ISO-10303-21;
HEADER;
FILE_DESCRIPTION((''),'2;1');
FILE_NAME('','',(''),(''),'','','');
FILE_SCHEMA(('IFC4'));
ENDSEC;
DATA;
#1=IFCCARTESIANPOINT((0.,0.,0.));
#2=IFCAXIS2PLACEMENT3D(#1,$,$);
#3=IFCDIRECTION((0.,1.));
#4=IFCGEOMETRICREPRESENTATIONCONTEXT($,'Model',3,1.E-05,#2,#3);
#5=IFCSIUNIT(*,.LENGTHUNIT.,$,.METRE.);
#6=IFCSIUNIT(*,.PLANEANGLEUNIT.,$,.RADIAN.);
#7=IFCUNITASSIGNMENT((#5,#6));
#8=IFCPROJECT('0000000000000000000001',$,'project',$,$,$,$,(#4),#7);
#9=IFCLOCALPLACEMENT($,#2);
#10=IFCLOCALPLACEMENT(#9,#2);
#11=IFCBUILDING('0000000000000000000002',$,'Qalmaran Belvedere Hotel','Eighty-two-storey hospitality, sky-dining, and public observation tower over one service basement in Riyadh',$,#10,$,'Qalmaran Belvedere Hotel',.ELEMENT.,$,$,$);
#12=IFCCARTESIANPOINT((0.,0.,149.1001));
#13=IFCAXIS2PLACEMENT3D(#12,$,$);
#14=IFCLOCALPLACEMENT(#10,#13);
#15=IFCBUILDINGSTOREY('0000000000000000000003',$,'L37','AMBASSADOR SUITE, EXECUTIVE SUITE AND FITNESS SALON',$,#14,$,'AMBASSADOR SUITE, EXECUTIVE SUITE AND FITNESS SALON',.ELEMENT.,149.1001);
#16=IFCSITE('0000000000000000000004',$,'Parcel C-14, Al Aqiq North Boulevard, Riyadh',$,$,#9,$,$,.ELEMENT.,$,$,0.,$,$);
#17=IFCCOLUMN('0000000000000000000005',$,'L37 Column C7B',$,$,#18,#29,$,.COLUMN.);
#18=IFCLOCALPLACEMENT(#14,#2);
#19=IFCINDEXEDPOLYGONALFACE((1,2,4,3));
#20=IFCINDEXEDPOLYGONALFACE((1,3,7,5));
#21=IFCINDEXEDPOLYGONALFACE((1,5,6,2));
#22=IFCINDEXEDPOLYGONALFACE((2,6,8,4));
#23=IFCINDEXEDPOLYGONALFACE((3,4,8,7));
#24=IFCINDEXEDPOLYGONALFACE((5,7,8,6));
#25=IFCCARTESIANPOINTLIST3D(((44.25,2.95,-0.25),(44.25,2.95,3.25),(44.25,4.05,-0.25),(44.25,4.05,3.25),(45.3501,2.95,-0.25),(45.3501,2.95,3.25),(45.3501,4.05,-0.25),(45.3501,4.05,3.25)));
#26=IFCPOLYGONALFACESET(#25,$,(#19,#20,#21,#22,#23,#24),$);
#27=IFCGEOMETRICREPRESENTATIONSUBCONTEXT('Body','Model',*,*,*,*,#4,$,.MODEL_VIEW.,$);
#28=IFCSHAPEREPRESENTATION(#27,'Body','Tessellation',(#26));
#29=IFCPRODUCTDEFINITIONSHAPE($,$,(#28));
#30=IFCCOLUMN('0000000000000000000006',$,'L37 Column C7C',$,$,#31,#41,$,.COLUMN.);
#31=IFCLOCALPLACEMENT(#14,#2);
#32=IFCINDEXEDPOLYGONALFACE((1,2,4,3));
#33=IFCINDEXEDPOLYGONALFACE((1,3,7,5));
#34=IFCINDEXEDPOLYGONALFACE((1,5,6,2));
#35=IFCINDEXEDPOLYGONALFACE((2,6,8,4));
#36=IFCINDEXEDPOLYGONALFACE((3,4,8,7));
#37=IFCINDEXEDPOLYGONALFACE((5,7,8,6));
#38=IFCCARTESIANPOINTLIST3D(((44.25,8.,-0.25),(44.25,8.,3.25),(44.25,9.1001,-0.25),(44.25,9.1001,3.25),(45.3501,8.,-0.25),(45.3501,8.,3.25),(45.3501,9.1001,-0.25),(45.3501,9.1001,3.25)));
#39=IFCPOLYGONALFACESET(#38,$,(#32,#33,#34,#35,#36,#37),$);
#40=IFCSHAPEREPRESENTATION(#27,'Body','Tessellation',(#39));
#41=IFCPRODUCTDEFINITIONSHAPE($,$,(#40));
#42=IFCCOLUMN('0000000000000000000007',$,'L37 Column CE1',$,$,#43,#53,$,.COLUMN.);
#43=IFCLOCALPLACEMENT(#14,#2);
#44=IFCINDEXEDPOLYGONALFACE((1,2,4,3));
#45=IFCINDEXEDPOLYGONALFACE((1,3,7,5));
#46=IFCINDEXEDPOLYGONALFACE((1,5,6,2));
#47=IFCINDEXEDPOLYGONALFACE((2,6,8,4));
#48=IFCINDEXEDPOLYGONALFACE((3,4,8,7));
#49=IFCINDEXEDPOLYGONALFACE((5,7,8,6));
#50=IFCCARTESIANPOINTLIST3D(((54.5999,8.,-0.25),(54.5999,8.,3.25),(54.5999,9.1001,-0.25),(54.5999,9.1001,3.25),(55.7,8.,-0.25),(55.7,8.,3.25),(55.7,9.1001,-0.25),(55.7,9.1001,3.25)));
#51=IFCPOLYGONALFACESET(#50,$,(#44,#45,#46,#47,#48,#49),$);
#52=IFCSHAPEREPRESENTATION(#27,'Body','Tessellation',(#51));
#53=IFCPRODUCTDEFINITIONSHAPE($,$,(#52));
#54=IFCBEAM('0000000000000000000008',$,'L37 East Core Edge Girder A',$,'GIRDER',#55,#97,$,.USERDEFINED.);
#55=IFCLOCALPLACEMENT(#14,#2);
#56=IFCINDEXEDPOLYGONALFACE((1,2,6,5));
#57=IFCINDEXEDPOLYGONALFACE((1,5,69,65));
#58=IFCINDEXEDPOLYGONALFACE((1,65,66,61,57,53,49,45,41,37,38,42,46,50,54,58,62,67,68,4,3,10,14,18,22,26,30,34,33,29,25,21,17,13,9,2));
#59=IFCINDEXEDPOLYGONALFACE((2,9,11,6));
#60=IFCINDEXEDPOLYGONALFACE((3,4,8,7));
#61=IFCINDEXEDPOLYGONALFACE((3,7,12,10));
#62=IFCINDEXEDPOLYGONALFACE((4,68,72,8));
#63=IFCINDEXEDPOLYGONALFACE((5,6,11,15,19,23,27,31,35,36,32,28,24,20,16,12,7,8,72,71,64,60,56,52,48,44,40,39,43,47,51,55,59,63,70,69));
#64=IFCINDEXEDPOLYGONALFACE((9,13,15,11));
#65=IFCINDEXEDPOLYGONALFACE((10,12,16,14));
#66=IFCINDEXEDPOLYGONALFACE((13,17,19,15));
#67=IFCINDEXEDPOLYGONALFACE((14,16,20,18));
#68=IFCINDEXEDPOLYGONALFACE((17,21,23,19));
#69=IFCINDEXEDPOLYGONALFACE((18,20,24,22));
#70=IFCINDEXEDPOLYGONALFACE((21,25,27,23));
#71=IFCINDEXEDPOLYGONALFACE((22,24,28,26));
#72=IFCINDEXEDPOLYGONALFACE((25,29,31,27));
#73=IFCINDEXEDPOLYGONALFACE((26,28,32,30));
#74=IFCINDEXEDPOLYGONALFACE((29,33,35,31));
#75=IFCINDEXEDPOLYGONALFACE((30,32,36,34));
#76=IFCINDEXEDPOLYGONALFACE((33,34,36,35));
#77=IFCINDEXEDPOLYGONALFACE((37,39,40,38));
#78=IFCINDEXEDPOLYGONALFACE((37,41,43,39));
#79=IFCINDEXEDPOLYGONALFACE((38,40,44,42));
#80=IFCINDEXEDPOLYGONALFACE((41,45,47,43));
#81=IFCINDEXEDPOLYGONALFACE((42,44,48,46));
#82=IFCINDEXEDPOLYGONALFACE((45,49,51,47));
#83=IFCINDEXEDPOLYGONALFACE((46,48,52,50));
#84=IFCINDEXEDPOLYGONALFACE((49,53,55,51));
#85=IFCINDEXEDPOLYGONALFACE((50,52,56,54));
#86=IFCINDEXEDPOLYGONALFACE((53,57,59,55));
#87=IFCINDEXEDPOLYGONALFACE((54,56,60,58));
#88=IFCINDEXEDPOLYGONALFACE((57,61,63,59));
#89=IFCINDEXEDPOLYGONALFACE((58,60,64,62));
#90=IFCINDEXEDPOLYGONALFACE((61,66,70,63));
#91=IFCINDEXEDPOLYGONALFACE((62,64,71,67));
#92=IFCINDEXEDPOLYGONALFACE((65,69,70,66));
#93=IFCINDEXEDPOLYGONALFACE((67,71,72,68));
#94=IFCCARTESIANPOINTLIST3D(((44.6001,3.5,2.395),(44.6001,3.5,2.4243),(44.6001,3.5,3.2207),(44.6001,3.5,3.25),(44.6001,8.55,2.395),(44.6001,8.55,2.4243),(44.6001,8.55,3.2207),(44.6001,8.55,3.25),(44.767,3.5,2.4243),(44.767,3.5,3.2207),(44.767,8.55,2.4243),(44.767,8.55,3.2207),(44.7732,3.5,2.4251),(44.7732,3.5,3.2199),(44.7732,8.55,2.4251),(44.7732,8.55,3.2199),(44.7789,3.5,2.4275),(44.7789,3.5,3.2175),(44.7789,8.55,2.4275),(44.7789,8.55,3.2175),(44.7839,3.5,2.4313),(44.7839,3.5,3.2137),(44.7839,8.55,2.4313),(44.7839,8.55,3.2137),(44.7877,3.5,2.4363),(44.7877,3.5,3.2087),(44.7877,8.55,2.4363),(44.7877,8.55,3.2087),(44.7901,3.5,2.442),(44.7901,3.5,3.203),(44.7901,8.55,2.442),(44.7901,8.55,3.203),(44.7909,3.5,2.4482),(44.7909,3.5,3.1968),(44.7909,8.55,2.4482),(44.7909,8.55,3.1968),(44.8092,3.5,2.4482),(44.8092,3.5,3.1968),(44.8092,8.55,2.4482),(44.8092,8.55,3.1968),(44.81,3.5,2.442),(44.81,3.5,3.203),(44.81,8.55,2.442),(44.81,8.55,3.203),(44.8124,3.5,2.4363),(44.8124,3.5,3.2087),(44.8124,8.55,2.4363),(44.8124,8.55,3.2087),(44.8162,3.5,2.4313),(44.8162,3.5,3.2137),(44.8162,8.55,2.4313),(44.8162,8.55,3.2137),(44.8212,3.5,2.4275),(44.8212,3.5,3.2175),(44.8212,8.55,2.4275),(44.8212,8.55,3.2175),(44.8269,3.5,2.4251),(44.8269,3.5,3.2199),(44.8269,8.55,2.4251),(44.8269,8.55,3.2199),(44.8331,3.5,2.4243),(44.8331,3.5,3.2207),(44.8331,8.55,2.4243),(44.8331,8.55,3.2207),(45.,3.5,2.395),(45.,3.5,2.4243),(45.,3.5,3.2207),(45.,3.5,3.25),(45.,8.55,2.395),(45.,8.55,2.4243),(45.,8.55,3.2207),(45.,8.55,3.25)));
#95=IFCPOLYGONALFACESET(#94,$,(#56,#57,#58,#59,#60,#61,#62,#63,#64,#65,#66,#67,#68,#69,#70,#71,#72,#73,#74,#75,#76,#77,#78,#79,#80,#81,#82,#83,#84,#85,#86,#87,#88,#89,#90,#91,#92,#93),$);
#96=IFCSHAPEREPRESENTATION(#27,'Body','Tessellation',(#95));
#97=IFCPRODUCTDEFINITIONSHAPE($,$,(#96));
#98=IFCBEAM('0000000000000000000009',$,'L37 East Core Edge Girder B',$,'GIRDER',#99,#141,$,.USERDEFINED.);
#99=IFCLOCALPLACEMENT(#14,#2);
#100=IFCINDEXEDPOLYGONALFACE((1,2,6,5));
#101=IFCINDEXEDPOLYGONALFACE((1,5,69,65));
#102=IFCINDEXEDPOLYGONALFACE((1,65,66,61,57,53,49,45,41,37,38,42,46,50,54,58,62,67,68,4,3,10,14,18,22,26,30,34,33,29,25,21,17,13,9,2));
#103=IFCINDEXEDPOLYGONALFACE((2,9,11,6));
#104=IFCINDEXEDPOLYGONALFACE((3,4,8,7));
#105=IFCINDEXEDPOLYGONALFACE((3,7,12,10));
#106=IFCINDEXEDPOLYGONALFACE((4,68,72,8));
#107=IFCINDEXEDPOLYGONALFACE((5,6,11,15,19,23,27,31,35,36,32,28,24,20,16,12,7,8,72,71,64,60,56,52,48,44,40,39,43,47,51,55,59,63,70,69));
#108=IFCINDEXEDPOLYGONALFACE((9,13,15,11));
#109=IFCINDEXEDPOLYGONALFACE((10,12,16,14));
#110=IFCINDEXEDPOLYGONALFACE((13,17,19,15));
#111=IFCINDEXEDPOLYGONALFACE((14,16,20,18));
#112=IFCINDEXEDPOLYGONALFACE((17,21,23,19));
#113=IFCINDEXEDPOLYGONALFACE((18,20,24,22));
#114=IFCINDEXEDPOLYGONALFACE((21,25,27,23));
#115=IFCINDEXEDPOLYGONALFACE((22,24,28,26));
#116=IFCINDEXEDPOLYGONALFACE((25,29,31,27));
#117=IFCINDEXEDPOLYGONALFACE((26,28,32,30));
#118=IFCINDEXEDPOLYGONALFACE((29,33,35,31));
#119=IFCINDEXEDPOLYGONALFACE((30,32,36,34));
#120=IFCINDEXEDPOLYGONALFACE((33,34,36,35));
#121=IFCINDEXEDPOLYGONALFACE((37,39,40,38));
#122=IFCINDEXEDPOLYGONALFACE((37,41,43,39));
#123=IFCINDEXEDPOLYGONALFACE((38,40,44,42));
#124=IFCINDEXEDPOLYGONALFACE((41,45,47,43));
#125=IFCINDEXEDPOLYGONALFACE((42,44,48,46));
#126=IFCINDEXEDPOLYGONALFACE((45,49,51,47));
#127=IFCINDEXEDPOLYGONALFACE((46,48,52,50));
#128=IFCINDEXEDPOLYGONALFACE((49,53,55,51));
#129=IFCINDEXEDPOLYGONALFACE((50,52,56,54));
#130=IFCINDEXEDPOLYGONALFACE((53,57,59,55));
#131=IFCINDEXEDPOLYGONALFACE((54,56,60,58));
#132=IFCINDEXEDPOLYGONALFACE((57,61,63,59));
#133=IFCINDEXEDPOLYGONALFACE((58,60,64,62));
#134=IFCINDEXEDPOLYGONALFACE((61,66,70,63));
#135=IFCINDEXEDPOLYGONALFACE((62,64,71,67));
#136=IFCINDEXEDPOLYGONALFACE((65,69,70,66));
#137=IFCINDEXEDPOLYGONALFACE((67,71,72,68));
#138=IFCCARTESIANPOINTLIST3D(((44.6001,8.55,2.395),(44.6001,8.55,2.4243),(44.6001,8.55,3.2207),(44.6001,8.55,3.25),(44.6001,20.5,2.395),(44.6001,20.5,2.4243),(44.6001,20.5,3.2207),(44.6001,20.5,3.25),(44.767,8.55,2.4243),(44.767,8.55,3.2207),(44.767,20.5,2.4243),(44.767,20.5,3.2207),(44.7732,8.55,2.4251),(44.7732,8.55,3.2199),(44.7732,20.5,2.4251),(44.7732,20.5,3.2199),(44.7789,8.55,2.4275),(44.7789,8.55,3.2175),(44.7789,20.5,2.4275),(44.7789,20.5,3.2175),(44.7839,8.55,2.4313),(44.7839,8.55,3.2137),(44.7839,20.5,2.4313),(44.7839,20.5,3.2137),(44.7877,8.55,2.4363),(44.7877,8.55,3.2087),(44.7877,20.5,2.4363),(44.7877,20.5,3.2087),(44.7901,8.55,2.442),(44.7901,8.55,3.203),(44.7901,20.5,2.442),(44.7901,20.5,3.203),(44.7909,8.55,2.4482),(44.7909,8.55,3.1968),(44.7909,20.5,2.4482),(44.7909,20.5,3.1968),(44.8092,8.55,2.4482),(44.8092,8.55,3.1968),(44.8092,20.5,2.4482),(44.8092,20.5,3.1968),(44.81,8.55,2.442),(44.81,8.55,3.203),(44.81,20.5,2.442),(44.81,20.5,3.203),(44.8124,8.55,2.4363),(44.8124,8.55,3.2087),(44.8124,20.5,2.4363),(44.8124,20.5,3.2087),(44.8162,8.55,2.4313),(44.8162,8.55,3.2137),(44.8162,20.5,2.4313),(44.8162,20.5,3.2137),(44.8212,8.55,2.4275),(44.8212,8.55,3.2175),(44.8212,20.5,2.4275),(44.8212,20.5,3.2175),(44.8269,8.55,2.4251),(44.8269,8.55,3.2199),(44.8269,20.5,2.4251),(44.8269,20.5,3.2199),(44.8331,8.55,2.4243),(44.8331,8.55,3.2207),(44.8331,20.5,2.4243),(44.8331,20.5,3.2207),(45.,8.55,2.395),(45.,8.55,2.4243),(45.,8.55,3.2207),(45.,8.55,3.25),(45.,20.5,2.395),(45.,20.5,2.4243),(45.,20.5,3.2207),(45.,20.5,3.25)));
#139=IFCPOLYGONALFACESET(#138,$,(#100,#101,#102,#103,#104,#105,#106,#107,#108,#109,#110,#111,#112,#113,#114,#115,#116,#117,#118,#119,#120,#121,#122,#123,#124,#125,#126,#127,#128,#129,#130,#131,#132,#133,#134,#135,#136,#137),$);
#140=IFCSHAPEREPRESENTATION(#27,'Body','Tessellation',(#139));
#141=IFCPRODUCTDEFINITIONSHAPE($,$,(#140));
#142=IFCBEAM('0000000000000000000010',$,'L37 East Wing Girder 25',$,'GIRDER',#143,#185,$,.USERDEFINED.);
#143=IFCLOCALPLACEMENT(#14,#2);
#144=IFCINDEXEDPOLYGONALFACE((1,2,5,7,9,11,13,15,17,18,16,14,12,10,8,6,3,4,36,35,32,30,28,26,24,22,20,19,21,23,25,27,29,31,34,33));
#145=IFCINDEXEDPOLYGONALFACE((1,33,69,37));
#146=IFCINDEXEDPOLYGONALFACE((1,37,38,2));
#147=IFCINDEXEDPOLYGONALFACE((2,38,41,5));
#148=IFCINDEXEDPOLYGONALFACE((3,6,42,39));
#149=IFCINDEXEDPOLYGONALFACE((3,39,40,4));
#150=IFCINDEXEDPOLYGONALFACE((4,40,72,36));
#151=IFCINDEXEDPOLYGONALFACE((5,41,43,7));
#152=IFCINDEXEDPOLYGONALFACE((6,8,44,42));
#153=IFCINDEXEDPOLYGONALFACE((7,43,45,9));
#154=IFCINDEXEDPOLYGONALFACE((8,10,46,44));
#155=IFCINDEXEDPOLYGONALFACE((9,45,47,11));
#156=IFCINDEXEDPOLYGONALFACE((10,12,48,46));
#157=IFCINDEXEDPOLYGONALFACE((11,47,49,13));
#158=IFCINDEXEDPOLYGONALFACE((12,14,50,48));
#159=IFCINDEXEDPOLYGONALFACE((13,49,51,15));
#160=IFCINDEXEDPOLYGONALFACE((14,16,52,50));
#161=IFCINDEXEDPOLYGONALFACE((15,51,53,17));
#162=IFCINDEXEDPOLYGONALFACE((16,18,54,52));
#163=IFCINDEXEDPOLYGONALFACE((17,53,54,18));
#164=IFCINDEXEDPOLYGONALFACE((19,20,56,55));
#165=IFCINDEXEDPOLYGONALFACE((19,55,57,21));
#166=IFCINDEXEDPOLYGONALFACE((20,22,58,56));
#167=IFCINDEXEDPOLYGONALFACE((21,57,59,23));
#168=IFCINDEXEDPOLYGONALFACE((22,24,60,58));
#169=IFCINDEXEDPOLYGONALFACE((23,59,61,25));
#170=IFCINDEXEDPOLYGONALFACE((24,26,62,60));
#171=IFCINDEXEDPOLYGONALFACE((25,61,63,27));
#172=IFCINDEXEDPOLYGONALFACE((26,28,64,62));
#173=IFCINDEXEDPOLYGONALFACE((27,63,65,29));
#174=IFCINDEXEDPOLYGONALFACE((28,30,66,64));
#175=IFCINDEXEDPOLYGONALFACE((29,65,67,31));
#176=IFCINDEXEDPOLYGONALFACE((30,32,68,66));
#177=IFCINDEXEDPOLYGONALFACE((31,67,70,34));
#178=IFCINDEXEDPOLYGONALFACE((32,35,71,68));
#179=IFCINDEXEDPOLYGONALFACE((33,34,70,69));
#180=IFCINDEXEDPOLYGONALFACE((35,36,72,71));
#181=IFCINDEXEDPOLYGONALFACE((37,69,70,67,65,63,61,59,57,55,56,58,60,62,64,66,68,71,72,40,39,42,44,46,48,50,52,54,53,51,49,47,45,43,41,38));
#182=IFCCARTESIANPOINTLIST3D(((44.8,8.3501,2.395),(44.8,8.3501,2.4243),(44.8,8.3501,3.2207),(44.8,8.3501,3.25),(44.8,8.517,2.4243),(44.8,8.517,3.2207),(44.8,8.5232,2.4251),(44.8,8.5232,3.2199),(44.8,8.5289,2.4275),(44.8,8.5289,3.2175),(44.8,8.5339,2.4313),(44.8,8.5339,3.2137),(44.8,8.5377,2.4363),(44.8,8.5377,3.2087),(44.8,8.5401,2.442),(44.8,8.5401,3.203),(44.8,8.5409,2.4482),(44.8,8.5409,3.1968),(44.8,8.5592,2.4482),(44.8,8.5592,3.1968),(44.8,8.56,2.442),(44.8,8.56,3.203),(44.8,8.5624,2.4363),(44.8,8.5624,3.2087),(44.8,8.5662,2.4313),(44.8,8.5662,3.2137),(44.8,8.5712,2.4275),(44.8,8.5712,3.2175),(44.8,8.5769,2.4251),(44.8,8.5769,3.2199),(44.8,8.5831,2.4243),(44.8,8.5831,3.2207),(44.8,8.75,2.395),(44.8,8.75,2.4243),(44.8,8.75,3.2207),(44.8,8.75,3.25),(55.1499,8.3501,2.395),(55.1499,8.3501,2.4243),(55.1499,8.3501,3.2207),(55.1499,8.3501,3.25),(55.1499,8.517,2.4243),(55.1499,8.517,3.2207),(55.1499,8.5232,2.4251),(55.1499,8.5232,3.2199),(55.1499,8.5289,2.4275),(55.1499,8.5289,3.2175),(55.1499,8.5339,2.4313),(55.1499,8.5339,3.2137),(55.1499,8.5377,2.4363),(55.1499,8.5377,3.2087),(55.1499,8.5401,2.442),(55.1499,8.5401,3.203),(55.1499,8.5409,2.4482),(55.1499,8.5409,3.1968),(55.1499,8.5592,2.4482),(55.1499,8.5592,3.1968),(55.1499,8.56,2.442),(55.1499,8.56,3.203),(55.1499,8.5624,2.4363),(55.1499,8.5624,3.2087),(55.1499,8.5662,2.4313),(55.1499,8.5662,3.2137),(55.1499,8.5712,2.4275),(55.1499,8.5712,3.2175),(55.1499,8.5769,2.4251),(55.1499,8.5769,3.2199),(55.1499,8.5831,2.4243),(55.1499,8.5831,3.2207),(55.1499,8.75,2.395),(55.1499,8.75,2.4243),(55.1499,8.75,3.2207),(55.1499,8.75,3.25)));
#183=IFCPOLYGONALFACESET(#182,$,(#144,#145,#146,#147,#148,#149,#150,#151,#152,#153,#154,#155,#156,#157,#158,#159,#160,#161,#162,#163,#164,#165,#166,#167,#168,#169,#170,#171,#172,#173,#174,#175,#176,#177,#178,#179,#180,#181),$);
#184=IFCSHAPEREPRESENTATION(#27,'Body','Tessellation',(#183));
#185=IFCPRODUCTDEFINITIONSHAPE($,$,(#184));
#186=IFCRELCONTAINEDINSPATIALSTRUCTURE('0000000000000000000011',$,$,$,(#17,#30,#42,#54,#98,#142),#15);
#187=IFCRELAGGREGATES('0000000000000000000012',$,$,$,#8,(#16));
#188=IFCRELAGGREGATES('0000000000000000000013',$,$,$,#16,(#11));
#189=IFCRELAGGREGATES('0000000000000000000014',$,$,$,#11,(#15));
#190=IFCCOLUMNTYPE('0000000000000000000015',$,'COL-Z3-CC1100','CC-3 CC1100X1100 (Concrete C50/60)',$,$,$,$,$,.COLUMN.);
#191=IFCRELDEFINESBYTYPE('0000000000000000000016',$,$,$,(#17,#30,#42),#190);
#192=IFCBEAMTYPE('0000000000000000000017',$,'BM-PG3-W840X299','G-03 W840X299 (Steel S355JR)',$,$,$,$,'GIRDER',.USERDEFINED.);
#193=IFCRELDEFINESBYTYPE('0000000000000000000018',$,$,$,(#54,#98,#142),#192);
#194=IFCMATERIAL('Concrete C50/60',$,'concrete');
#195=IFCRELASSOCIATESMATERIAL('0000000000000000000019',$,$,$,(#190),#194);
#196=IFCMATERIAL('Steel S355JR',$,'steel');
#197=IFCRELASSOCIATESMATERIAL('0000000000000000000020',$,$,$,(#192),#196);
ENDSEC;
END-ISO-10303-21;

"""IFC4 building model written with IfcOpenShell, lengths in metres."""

from ifc_helpers import new_model, si_unit, direction, frame, origin, origin_2d, place, context, subcontext, project, spatial, rectangle, i_section, extrude, material, material_profile, profile_set, type_object, element, save


model = new_model("IFC4")

# Units and contexts
model_context = context("Model", 3, precision=1e-05, world=origin(), true_north=direction((0.0, 1.0)))
body_context = subcontext(model_context, "Body", "Model", "MODEL_VIEW")
ifc_project = project(units=[si_unit("LENGTHUNIT", "METRE"), si_unit("PLANEANGLEUNIT", "RADIAN")], contexts=[model_context])

# Site, building, storey
site_placement = place(None, origin())
site = spatial("IfcSite", under=ifc_project, at=site_placement, Name="Parcel C-14, Al Aqiq North Boulevard, Riyadh", CompositionType="ELEMENT", RefElevation=0.0)
building_placement = place(site_placement, origin())
building = spatial("IfcBuilding", under=site, at=building_placement, Name="Qalmaran Belvedere Hotel", Description="Eighty-two-storey hospitality, sky-dining, and public observation tower over one service basement in Riyadh", LongName="Qalmaran Belvedere Hotel", CompositionType="ELEMENT")
storey_placement = place(building_placement, frame((0.0, 0.0, 149.1001)))
storey = spatial("IfcBuildingStorey", under=building, at=storey_placement, Name="L37", Description="AMBASSADOR SUITE, EXECUTIVE SUITE AND FITNESS SALON", LongName="AMBASSADOR SUITE, EXECUTIVE SUITE AND FITNESS SALON", CompositionType="ELEMENT", Elevation=149.1001)

# Columns
ifc_material_1 = material(Name="Concrete C50/60", Category="concrete")
ifc_material_profile_1 = material_profile(ifc_material_1, rectangle(XDim=1.1001, YDim=1.1001, at=origin_2d()), Name="CC1100X1100")
ifc_profile_set_1 = profile_set([ifc_material_profile_1], Name="Concrete C50/60")
column_type = type_object("IfcColumnType", Name="COL-Z3-CC1100", Description="CC-3 CC1100X1100 (Concrete C50/60)", PredefinedType="COLUMN", material=ifc_profile_set_1)
for number, where, z_axis, x_axis, name in (
    (1, (44.8, 3.5, -0.25), (0.0, 0.0, 1.0), (1.0, 0.0, 0.0), "L37 Column C7B"),
    (2, (44.8, 8.55, -0.25), (0.0, 0.0, 1.0), (1.0, 0.0, 0.0), "L37 Column C7C"),
    (3, (55.1499, 8.55, -0.25), (0.0, 0.0, 1.0), (1.0, 0.0, 0.0), "L37 Column CE1"),
):
    element("IfcColumn", number, at=place(storey_placement, frame(where, z_axis=z_axis, x_axis=x_axis)), inside=storey, type_object=column_type, Name=name, PredefinedType="COLUMN", context=body_context, shape_type="SweptSolid", body=[
        extrude(rectangle(XDim=1.1001, YDim=1.1001, at=origin_2d()), origin(), (0.0, 0.0, 1.0), 3.5),
    ])

# Beams
ifc_material_2 = material(Name="Steel S355JR", Category="steel")
ifc_material_profile_2 = material_profile(ifc_material_2, i_section(OverallWidth=0.3999, OverallDepth=0.855, WebThickness=0.0183, FlangeThickness=0.0293, FilletRadius=0.0239, at=origin_2d()), Name="W840X299")
ifc_profile_set_2 = profile_set([ifc_material_profile_2], Name="Steel S355JR")
beam_type_1 = type_object("IfcBeamType", Name="BM-PG3-W840X299", Description="G-03 W840X299 (Steel S355JR)", ElementType="GIRDER", PredefinedType="USERDEFINED", material=ifc_profile_set_2)
beam_1_placement = place(storey_placement, frame((44.8, 3.5, 2.8225), z_axis=(0.0, 1.0, 0.0), x_axis=(-1.0, 0.0, 0.0)))
element("IfcBeam", 4, at=beam_1_placement, inside=storey, type_object=beam_type_1, Name="L37 East Core Edge Girder A", ObjectType="GIRDER", PredefinedType="USERDEFINED", context=body_context, shape_type="SweptSolid", body=[
    extrude(i_section(OverallWidth=0.3999, OverallDepth=0.855, WebThickness=0.0183, FlangeThickness=0.0293, FilletRadius=0.0239, at=origin_2d()), origin(), (0.0, 0.0, 1.0), 5.05),
])
beam_2_placement = place(storey_placement, frame((44.8, 8.55, 2.8225), z_axis=(0.0, 1.0, 0.0), x_axis=(-1.0, 0.0, 0.0)))
element("IfcBeam", 5, at=beam_2_placement, inside=storey, type_object=beam_type_1, Name="L37 East Core Edge Girder B", ObjectType="GIRDER", PredefinedType="USERDEFINED", context=body_context, shape_type="SweptSolid", body=[
    extrude(i_section(OverallWidth=0.3999, OverallDepth=0.855, WebThickness=0.0183, FlangeThickness=0.0293, FilletRadius=0.0239, at=origin_2d()), origin(), (0.0, 0.0, 1.0), 11.95),
])
beam_3_placement = place(storey_placement, frame((44.8, 8.55, 2.8225), z_axis=(1.0, 0.0, 0.0), x_axis=(0.0, 1.0, 0.0)))
element("IfcBeam", 6, at=beam_3_placement, inside=storey, type_object=beam_type_1, Name="L37 East Wing Girder 25", ObjectType="GIRDER", PredefinedType="USERDEFINED", context=body_context, shape_type="SweptSolid", body=[
    extrude(i_section(OverallWidth=0.3999, OverallDepth=0.855, WebThickness=0.0183, FlangeThickness=0.0293, FilletRadius=0.0239, at=origin_2d()), origin(), (0.0, 0.0, 1.0), 10.3499),
])

save(model, "model.ifc")
